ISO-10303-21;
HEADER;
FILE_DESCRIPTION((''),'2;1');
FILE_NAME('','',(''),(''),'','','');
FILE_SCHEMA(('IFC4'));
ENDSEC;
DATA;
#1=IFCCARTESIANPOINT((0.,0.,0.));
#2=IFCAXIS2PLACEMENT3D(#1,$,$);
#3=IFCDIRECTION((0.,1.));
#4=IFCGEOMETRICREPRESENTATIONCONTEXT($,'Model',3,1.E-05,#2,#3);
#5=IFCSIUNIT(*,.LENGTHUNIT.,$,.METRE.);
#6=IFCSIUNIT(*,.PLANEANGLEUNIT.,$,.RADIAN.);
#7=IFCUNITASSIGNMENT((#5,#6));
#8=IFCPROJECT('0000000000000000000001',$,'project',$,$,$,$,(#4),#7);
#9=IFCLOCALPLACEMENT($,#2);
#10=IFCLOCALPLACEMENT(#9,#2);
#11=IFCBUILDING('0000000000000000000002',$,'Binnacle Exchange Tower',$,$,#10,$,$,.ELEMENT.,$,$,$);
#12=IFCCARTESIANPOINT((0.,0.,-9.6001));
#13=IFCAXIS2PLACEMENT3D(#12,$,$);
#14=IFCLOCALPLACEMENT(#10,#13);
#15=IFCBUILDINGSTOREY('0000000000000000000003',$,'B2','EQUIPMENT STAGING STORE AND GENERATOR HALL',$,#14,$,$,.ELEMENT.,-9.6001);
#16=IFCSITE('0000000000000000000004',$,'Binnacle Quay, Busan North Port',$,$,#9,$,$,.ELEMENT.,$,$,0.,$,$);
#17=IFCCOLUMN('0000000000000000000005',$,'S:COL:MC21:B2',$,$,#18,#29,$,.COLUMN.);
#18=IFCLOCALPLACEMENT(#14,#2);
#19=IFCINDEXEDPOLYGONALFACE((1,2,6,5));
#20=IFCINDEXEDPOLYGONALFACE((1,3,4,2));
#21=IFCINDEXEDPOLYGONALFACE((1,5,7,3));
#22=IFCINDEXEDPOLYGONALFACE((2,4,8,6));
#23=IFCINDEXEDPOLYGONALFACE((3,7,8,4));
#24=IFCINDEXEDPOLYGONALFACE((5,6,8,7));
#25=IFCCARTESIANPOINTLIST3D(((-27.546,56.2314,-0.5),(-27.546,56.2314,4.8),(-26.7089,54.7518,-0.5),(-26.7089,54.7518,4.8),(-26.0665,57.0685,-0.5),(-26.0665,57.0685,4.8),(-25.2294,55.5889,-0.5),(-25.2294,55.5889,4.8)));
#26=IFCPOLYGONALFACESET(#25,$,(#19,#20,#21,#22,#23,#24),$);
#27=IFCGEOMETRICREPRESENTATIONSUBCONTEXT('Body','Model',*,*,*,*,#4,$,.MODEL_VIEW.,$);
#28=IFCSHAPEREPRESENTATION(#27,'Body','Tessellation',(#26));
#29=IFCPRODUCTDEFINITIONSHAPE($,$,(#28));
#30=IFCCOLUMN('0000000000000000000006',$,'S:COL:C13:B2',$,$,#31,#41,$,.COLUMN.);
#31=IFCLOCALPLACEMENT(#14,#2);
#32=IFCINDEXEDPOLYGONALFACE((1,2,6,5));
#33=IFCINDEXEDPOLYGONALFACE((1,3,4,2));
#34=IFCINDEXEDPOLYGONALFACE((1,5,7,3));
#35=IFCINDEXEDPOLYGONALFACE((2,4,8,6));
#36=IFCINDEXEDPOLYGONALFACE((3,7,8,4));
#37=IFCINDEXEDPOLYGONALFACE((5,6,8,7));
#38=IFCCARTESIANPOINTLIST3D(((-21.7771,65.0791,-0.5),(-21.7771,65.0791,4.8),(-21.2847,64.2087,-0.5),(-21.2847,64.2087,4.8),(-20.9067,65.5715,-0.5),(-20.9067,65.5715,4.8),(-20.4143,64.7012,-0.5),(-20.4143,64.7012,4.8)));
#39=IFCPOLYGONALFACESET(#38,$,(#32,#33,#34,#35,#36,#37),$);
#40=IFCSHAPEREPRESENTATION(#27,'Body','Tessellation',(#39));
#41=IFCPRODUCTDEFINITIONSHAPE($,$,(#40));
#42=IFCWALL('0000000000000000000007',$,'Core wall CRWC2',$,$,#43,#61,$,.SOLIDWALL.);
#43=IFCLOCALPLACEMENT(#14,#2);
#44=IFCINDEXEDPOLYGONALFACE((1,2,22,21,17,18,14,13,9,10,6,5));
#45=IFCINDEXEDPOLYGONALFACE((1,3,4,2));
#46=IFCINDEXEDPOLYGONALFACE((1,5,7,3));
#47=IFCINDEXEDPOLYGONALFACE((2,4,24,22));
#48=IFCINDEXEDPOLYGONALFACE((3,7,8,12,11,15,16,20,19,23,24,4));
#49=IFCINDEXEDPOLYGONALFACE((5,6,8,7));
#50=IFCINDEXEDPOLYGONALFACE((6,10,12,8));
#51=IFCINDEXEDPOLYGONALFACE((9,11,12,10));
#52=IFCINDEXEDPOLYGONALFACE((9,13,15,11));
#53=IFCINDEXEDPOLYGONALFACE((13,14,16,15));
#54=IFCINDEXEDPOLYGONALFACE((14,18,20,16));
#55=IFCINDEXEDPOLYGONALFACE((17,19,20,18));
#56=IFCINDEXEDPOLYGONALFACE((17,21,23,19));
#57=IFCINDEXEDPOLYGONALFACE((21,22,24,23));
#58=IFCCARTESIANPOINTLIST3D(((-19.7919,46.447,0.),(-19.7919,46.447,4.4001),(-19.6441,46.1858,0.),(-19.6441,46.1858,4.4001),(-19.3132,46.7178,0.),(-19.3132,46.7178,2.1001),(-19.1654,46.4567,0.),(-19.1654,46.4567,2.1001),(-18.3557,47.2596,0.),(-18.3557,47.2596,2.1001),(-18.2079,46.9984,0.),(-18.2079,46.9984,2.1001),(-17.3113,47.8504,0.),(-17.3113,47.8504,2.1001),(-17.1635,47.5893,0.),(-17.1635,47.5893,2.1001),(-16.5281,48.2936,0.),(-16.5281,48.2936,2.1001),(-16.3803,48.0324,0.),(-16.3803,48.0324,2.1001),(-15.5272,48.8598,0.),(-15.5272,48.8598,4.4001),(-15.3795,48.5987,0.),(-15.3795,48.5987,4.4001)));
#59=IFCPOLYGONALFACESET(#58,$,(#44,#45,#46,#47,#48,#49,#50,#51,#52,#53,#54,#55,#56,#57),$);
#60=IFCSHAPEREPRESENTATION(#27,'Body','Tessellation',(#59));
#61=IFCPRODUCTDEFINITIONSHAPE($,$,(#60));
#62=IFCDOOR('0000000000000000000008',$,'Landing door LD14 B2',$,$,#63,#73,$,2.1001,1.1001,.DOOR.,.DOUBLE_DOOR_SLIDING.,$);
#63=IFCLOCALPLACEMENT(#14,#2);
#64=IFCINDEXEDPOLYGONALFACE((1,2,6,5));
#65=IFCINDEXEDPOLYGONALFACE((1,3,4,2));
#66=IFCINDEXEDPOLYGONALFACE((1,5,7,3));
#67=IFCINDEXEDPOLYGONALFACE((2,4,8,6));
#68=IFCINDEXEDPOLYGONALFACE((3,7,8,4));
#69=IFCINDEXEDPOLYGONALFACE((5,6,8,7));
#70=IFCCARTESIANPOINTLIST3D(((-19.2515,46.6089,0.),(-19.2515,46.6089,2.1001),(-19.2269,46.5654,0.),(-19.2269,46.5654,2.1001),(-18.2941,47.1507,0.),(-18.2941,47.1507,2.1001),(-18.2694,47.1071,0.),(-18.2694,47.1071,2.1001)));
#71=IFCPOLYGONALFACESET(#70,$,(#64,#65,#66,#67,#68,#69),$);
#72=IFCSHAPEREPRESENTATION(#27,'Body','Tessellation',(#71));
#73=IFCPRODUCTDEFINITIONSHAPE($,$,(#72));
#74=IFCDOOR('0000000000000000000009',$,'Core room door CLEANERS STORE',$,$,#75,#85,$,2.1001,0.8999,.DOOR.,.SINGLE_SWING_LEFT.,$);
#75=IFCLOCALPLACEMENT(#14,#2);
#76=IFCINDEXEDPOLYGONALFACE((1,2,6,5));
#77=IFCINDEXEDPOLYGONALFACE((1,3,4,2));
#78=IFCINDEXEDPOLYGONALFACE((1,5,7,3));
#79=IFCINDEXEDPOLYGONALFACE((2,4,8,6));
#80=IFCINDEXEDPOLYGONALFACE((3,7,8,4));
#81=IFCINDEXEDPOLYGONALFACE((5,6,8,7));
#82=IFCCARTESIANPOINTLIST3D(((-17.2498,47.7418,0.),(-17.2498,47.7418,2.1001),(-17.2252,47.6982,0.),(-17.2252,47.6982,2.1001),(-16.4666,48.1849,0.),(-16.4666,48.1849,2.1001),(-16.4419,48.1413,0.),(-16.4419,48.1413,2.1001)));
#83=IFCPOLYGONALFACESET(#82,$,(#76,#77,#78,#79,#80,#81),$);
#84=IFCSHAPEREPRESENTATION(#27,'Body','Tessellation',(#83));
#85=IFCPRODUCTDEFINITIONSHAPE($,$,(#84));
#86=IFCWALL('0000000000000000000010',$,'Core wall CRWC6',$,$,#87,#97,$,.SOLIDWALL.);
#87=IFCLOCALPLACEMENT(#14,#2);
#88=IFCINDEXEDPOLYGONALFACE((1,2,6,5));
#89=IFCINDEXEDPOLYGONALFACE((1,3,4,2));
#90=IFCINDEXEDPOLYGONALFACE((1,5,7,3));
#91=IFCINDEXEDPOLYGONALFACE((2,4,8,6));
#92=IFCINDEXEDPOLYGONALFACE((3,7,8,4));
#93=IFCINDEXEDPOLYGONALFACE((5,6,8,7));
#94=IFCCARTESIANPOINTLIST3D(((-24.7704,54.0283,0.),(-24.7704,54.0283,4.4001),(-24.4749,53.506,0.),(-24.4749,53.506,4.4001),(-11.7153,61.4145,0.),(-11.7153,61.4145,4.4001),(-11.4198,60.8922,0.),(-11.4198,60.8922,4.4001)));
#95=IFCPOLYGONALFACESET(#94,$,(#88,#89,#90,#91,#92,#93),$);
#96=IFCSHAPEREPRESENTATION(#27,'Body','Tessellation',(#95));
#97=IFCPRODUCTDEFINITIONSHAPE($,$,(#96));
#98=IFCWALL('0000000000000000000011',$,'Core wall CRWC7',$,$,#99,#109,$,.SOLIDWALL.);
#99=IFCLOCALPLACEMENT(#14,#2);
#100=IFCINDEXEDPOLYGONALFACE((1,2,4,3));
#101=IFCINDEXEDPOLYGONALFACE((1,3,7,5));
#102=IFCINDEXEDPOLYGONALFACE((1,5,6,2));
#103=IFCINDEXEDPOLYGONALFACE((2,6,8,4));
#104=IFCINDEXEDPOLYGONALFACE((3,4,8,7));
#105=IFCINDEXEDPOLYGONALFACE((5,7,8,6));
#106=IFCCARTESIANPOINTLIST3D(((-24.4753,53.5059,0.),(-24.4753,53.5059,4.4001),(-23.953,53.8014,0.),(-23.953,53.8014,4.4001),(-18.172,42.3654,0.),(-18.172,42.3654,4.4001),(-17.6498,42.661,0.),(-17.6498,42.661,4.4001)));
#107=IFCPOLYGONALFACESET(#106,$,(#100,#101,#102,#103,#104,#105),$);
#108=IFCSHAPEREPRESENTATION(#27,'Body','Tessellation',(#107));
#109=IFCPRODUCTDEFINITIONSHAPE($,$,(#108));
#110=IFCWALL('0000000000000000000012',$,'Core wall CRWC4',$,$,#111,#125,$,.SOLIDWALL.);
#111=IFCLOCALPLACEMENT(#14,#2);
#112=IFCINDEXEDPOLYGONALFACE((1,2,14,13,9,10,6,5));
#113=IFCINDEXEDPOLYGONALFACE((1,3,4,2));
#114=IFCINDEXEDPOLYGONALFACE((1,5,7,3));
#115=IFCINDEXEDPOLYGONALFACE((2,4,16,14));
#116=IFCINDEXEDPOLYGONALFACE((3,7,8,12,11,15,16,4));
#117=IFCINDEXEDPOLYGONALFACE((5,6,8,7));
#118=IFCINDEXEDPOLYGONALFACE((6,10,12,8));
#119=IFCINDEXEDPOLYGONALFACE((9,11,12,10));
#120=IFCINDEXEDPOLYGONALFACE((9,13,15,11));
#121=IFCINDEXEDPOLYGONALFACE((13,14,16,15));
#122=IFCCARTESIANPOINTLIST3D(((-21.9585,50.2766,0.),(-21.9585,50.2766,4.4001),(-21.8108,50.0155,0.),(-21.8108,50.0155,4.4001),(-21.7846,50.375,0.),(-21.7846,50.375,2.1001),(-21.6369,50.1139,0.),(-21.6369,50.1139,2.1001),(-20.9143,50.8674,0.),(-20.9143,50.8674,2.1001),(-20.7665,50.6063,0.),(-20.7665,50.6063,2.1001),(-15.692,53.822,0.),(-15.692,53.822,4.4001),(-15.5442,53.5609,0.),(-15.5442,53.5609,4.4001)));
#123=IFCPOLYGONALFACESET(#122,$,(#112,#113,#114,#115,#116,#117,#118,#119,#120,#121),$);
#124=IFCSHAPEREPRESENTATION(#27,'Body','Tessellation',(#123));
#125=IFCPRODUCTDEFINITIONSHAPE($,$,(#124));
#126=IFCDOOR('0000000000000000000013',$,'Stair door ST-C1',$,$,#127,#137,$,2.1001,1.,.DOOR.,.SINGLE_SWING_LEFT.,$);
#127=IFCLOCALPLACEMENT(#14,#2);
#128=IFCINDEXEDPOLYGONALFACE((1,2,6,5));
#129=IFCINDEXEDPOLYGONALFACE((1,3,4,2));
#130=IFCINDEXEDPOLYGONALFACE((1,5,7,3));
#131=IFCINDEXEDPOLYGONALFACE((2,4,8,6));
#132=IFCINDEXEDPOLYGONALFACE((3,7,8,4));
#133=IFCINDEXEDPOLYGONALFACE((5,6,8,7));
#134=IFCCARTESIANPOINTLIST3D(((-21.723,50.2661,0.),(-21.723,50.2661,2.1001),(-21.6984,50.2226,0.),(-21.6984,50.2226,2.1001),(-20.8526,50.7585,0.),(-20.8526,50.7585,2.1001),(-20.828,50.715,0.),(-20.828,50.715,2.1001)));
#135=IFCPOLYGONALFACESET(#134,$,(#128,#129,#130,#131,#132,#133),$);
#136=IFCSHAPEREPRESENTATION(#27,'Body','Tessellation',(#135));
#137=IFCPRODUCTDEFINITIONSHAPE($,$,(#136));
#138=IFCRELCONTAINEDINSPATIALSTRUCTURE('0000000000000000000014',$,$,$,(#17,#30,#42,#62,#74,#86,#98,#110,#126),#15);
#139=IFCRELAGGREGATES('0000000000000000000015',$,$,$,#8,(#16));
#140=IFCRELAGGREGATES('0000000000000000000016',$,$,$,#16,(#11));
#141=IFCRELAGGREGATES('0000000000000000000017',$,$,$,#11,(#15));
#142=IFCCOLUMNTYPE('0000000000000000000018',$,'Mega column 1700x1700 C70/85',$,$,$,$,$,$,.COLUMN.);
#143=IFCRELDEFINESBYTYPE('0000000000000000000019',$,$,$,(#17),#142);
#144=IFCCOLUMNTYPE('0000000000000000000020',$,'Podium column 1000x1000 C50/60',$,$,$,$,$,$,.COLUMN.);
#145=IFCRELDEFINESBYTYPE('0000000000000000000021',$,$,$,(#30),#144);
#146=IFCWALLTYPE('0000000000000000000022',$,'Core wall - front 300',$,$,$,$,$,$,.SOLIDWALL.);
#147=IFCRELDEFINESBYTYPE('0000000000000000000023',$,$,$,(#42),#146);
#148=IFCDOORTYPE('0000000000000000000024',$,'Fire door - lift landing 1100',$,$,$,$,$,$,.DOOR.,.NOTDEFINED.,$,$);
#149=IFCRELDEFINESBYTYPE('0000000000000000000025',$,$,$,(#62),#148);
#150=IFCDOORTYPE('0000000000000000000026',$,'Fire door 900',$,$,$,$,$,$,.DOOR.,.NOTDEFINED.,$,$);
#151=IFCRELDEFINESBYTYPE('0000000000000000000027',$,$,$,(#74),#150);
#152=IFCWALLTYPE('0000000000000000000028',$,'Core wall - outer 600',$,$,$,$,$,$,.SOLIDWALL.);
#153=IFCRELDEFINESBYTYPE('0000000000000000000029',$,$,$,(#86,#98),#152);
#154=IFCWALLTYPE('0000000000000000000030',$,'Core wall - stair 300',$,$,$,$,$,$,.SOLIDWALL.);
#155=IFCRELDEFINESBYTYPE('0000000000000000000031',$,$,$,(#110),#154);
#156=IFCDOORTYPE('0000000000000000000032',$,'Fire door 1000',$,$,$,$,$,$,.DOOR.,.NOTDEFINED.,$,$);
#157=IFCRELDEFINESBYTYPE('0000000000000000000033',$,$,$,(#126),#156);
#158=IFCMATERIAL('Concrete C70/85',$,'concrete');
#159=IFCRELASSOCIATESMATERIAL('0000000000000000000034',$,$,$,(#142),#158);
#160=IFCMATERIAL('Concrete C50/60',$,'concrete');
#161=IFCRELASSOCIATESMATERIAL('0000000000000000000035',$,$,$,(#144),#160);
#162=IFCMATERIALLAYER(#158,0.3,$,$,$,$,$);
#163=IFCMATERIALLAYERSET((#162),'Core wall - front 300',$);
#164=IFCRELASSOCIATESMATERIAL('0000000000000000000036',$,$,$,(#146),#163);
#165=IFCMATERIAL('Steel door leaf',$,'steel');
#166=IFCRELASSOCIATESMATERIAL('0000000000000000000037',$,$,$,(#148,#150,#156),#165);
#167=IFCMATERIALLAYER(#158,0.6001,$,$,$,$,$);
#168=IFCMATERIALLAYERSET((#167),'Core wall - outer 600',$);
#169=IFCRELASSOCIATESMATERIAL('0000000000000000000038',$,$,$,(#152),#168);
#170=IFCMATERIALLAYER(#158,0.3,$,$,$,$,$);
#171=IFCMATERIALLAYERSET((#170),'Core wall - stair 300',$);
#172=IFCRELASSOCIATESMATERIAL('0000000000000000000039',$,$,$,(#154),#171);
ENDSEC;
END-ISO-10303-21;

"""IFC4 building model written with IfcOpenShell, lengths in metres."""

from ifc_helpers import new_model, si_unit, direction, frame, frame_2d, origin, origin_2d, place, context, subcontext, project, spatial, rectangle, extrude, material, layer, layer_set, material_profile, profile_set, type_object, element, fill, save


model = new_model("IFC4")

# Units and contexts
model_context = context("Model", 3, precision=1e-05, world=origin(), true_north=direction((0.0, 1.0)))
body_context = subcontext(model_context, "Body", "Model", "MODEL_VIEW")
ifc_project = project(units=[si_unit("LENGTHUNIT", "METRE"), si_unit("PLANEANGLEUNIT", "RADIAN")], contexts=[model_context])

# Site, building, storey
site_placement = place(None, origin())
site = spatial("IfcSite", under=ifc_project, at=site_placement, Name="Binnacle Quay, Busan North Port", CompositionType="ELEMENT", RefElevation=0.0)
building_placement = place(site_placement, origin())
building = spatial("IfcBuilding", under=site, at=building_placement, Name="Binnacle Exchange Tower", CompositionType="ELEMENT")
storey_placement = place(building_placement, frame((0.0, 0.0, -9.6001)))
storey = spatial("IfcBuildingStorey", under=building, at=storey_placement, Name="B2", Description="EQUIPMENT STAGING STORE AND GENERATOR HALL", CompositionType="ELEMENT", Elevation=-9.6001)

# Columns
ifc_material_1 = material(Name="Concrete C70/85", Category="concrete")
ifc_material_profile_1 = material_profile(ifc_material_1, rectangle(XDim=1.7, YDim=1.7, at=origin_2d()), Name="Mega column 1700x1700 C70/85")
ifc_profile_set_1 = profile_set([ifc_material_profile_1], Name="Concrete C70/85")
column_type_1 = type_object("IfcColumnType", Name="Mega column 1700x1700 C70/85", PredefinedType="COLUMN", material=ifc_profile_set_1)
for number, where, z_axis, x_axis, name in (
    (1, (-26.3877, 55.9102, -0.5), (0.0, 0.0, 1.0), (-0.870356, -0.492424, 0.0), "S:COL:MC21:B2"),
):
    element("IfcColumn", number, at=place(storey_placement, frame(where, z_axis=z_axis, x_axis=x_axis)), inside=storey, type_object=column_type_1, Name=name, PredefinedType="COLUMN", context=body_context, shape_type="SweptSolid", body=[
        extrude(rectangle(XDim=1.7, YDim=1.7, at=origin_2d()), origin(), (0.0, 0.0, 1.0), 5.3),
    ])
ifc_material_2 = material(Name="Concrete C50/60", Category="concrete")
ifc_material_profile_2 = material_profile(ifc_material_2, rectangle(XDim=1.0, YDim=1.0, at=origin_2d()), Name="Podium column 1000x1000 C50/60")
ifc_profile_set_2 = profile_set([ifc_material_profile_2], Name="Concrete C50/60")
column_type_2 = type_object("IfcColumnType", Name="Podium column 1000x1000 C50/60", PredefinedType="COLUMN", material=ifc_profile_set_2)
column_placement = place(storey_placement, frame((-21.0957, 64.8901, -0.5), z_axis=(0.0, 0.0, 1.0), x_axis=(-0.870356, -0.492424, 0.0)))
element("IfcColumn", 2, at=column_placement, inside=storey, type_object=column_type_2, Name="S:COL:C13:B2", PredefinedType="COLUMN", context=body_context, shape_type="SweptSolid", body=[
    extrude(rectangle(XDim=1.0, YDim=1.0, at=origin_2d()), origin(), (0.0, 0.0, 1.0), 5.3),
])

# Wall, openings, doors
ifc_layer_1 = layer(ifc_material_1, 0.3)
ifc_layer_set_1 = layer_set([ifc_layer_1], Name="Core wall - front 300")
wall_type_1 = type_object("IfcWallType", Name="Core wall - front 300", PredefinedType="SOLIDWALL", material=ifc_layer_set_1)
wall_1_placement = place(storey_placement, frame((-19.718, 46.3164, 0.0), z_axis=(0.0, 0.0, 1.0), x_axis=(0.870354, 0.492427, 0.0)))
wall_1 = element("IfcWall", 3, at=wall_1_placement, inside=storey, type_object=wall_type_1, Name="Core wall CRWC2", PredefinedType="SOLIDWALL", context=body_context, shape_type="SweptSolid", body=[
    extrude(rectangle(XDim=4.8999, YDim=0.3, at=frame_2d((2.45, 0.0))), origin(), (0.0, 0.0, 1.0), 4.4001),
])
opening_1_placement = place(wall_1_placement, frame((0.55, 0.0, 0.0)))
opening_1 = element("IfcOpeningElement", 4, at=opening_1_placement, cuts=wall_1, PredefinedType="OPENING", context=body_context, shape_type="SweptSolid", body=[
    extrude(rectangle(XDim=1.1001, YDim=2.1001, at=frame_2d((0.55, 1.05))), frame((0.0, 0.1599, 0.0), z_axis=(0.0, -1.0, 0.0), x_axis=(1.0, 0.0, 0.0)), (0.0, 0.0, 1.0), 0.3201),
])
opening_2_placement = place(wall_1_placement, frame((2.8501, 0.0, 0.0)))
opening_2 = element("IfcOpeningElement", 5, at=opening_2_placement, cuts=wall_1, PredefinedType="OPENING", context=body_context, shape_type="SweptSolid", body=[
    extrude(rectangle(XDim=0.8999, YDim=2.1001, at=frame_2d((0.45, 1.05))), frame((0.0, 0.1599, 0.0), z_axis=(0.0, -1.0, 0.0), x_axis=(1.0, 0.0, 0.0)), (0.0, 0.0, 1.0), 0.3201),
])
ifc_material_3 = material(Name="Steel door leaf", Category="steel")
door_type_1 = type_object("IfcDoorType", Name="Fire door - lift landing 1100", OperationType="NOTDEFINED", PredefinedType="DOOR", material=ifc_material_3)
door_1_placement = place(opening_1_placement, origin())
door_1 = element("IfcDoor", 6, at=door_1_placement, inside=storey, type_object=door_type_1, Name="Landing door LD14 B2", OperationType="DOUBLE_DOOR_SLIDING", OverallHeight=2.1001, OverallWidth=1.1001, PredefinedType="DOOR", context=body_context, shape_type="SweptSolid", body=[
    extrude(rectangle(XDim=1.1001, YDim=2.1001, at=frame_2d((0.55, 1.05))), frame((0.0, 0.0249, 0.0), z_axis=(0.0, -1.0, 0.0), x_axis=(1.0, 0.0, 0.0)), (0.0, 0.0, 1.0), 0.05),
])
fill(opening_1, door_1)
door_type_2 = type_object("IfcDoorType", Name="Fire door 900", OperationType="NOTDEFINED", PredefinedType="DOOR", material=ifc_material_3)
door_2_placement = place(opening_2_placement, frame((0.8999, 0.0, 0.0), z_axis=(0.0, 0.0, 1.0), x_axis=(-1.0, 0.0, 0.0)))
door_2 = element("IfcDoor", 7, at=door_2_placement, inside=storey, type_object=door_type_2, Name="Core room door CLEANERS STORE", OperationType="SINGLE_SWING_LEFT", OverallHeight=2.1001, OverallWidth=0.8999, PredefinedType="DOOR", context=body_context, shape_type="SweptSolid", body=[
    extrude(rectangle(XDim=0.8999, YDim=2.1001, at=frame_2d((0.45, 1.05))), frame((0.0, 0.0249, 0.0), z_axis=(0.0, -1.0, 0.0), x_axis=(1.0, 0.0, 0.0)), (0.0, 0.0, 1.0), 0.05),
])
fill(opening_2, door_2)

# Walls
ifc_layer_2 = layer(ifc_material_1, 0.6001)
ifc_layer_set_2 = layer_set([ifc_layer_2], Name="Core wall - outer 600")
wall_type_2 = type_object("IfcWallType", Name="Core wall - outer 600", PredefinedType="SOLIDWALL", material=ifc_layer_set_2)
wall_2_placement = place(storey_placement, frame((-24.6228, 53.7671, 0.0), z_axis=(0.0, 0.0, 1.0), x_axis=(0.870357, 0.492422, 0.0)))
element("IfcWall", 8, at=wall_2_placement, inside=storey, type_object=wall_type_2, Name="Core wall CRWC6", PredefinedType="SOLIDWALL", context=body_context, shape_type="SweptSolid", body=[
    extrude(rectangle(XDim=14.9998, YDim=0.6001, at=frame_2d((7.5, 0.0))), origin(), (0.0, 0.0, 1.0), 4.4001),
])
wall_3_placement = place(storey_placement, frame((-24.2141, 53.6536, 0.0), z_axis=(0.0, 0.0, 1.0), x_axis=(0.492441, -0.870346, 0.0)))
element("IfcWall", 9, at=wall_3_placement, inside=storey, type_object=wall_type_2, Name="Core wall CRWC7", PredefinedType="SOLIDWALL", context=body_context, shape_type="SweptSolid", body=[
    extrude(rectangle(XDim=12.8, YDim=0.6001, at=frame_2d((6.3999, 0.0))), origin(), (0.0, 0.0, 1.0), 4.4001),
])

# Wall, opening, door
ifc_layer_3 = layer(ifc_material_1, 0.3)
ifc_layer_set_3 = layer_set([ifc_layer_3], Name="Core wall - stair 300")
wall_type_3 = type_object("IfcWallType", Name="Core wall - stair 300", PredefinedType="SOLIDWALL", material=ifc_layer_set_3)
wall_4_placement = place(storey_placement, frame((-21.8848, 50.146, 0.0), z_axis=(0.0, 0.0, 1.0), x_axis=(0.870359, 0.492417, 0.0)))
wall_4 = element("IfcWall", 10, at=wall_4_placement, inside=storey, type_object=wall_type_3, Name="Core wall CRWC4", PredefinedType="SOLIDWALL", context=body_context, shape_type="SweptSolid", body=[
    extrude(rectangle(XDim=7.2, YDim=0.3, at=frame_2d((3.6001, 0.0))), origin(), (0.0, 0.0, 1.0), 4.4001),
])
opening_3_placement = place(wall_4_placement, frame((0.2, 0.0, 0.0)))
opening_3 = element("IfcOpeningElement", 11, at=opening_3_placement, cuts=wall_4, PredefinedType="OPENING", context=body_context, shape_type="SweptSolid", body=[
    extrude(rectangle(XDim=1.0, YDim=2.1001, at=frame_2d((0.5, 1.05))), frame((0.0, 0.1599, 0.0), z_axis=(0.0, -1.0, 0.0), x_axis=(1.0, 0.0, 0.0)), (0.0, 0.0, 1.0), 0.3201),
])
door_type_3 = type_object("IfcDoorType", Name="Fire door 1000", OperationType="NOTDEFINED", PredefinedType="DOOR", material=ifc_material_3)
door_3_placement = place(opening_3_placement, origin())
door_3 = element("IfcDoor", 12, at=door_3_placement, inside=storey, type_object=door_type_3, Name="Stair door ST-C1", OperationType="SINGLE_SWING_LEFT", OverallHeight=2.1001, OverallWidth=1.0, PredefinedType="DOOR", context=body_context, shape_type="SweptSolid", body=[
    extrude(rectangle(XDim=1.0, YDim=2.1001, at=frame_2d((0.5, 1.05))), frame((0.0, 0.0249, 0.0), z_axis=(0.0, -1.0, 0.0), x_axis=(1.0, 0.0, 0.0)), (0.0, 0.0, 1.0), 0.05),
])
fill(opening_3, door_3)

save(model, "model.ifc")
